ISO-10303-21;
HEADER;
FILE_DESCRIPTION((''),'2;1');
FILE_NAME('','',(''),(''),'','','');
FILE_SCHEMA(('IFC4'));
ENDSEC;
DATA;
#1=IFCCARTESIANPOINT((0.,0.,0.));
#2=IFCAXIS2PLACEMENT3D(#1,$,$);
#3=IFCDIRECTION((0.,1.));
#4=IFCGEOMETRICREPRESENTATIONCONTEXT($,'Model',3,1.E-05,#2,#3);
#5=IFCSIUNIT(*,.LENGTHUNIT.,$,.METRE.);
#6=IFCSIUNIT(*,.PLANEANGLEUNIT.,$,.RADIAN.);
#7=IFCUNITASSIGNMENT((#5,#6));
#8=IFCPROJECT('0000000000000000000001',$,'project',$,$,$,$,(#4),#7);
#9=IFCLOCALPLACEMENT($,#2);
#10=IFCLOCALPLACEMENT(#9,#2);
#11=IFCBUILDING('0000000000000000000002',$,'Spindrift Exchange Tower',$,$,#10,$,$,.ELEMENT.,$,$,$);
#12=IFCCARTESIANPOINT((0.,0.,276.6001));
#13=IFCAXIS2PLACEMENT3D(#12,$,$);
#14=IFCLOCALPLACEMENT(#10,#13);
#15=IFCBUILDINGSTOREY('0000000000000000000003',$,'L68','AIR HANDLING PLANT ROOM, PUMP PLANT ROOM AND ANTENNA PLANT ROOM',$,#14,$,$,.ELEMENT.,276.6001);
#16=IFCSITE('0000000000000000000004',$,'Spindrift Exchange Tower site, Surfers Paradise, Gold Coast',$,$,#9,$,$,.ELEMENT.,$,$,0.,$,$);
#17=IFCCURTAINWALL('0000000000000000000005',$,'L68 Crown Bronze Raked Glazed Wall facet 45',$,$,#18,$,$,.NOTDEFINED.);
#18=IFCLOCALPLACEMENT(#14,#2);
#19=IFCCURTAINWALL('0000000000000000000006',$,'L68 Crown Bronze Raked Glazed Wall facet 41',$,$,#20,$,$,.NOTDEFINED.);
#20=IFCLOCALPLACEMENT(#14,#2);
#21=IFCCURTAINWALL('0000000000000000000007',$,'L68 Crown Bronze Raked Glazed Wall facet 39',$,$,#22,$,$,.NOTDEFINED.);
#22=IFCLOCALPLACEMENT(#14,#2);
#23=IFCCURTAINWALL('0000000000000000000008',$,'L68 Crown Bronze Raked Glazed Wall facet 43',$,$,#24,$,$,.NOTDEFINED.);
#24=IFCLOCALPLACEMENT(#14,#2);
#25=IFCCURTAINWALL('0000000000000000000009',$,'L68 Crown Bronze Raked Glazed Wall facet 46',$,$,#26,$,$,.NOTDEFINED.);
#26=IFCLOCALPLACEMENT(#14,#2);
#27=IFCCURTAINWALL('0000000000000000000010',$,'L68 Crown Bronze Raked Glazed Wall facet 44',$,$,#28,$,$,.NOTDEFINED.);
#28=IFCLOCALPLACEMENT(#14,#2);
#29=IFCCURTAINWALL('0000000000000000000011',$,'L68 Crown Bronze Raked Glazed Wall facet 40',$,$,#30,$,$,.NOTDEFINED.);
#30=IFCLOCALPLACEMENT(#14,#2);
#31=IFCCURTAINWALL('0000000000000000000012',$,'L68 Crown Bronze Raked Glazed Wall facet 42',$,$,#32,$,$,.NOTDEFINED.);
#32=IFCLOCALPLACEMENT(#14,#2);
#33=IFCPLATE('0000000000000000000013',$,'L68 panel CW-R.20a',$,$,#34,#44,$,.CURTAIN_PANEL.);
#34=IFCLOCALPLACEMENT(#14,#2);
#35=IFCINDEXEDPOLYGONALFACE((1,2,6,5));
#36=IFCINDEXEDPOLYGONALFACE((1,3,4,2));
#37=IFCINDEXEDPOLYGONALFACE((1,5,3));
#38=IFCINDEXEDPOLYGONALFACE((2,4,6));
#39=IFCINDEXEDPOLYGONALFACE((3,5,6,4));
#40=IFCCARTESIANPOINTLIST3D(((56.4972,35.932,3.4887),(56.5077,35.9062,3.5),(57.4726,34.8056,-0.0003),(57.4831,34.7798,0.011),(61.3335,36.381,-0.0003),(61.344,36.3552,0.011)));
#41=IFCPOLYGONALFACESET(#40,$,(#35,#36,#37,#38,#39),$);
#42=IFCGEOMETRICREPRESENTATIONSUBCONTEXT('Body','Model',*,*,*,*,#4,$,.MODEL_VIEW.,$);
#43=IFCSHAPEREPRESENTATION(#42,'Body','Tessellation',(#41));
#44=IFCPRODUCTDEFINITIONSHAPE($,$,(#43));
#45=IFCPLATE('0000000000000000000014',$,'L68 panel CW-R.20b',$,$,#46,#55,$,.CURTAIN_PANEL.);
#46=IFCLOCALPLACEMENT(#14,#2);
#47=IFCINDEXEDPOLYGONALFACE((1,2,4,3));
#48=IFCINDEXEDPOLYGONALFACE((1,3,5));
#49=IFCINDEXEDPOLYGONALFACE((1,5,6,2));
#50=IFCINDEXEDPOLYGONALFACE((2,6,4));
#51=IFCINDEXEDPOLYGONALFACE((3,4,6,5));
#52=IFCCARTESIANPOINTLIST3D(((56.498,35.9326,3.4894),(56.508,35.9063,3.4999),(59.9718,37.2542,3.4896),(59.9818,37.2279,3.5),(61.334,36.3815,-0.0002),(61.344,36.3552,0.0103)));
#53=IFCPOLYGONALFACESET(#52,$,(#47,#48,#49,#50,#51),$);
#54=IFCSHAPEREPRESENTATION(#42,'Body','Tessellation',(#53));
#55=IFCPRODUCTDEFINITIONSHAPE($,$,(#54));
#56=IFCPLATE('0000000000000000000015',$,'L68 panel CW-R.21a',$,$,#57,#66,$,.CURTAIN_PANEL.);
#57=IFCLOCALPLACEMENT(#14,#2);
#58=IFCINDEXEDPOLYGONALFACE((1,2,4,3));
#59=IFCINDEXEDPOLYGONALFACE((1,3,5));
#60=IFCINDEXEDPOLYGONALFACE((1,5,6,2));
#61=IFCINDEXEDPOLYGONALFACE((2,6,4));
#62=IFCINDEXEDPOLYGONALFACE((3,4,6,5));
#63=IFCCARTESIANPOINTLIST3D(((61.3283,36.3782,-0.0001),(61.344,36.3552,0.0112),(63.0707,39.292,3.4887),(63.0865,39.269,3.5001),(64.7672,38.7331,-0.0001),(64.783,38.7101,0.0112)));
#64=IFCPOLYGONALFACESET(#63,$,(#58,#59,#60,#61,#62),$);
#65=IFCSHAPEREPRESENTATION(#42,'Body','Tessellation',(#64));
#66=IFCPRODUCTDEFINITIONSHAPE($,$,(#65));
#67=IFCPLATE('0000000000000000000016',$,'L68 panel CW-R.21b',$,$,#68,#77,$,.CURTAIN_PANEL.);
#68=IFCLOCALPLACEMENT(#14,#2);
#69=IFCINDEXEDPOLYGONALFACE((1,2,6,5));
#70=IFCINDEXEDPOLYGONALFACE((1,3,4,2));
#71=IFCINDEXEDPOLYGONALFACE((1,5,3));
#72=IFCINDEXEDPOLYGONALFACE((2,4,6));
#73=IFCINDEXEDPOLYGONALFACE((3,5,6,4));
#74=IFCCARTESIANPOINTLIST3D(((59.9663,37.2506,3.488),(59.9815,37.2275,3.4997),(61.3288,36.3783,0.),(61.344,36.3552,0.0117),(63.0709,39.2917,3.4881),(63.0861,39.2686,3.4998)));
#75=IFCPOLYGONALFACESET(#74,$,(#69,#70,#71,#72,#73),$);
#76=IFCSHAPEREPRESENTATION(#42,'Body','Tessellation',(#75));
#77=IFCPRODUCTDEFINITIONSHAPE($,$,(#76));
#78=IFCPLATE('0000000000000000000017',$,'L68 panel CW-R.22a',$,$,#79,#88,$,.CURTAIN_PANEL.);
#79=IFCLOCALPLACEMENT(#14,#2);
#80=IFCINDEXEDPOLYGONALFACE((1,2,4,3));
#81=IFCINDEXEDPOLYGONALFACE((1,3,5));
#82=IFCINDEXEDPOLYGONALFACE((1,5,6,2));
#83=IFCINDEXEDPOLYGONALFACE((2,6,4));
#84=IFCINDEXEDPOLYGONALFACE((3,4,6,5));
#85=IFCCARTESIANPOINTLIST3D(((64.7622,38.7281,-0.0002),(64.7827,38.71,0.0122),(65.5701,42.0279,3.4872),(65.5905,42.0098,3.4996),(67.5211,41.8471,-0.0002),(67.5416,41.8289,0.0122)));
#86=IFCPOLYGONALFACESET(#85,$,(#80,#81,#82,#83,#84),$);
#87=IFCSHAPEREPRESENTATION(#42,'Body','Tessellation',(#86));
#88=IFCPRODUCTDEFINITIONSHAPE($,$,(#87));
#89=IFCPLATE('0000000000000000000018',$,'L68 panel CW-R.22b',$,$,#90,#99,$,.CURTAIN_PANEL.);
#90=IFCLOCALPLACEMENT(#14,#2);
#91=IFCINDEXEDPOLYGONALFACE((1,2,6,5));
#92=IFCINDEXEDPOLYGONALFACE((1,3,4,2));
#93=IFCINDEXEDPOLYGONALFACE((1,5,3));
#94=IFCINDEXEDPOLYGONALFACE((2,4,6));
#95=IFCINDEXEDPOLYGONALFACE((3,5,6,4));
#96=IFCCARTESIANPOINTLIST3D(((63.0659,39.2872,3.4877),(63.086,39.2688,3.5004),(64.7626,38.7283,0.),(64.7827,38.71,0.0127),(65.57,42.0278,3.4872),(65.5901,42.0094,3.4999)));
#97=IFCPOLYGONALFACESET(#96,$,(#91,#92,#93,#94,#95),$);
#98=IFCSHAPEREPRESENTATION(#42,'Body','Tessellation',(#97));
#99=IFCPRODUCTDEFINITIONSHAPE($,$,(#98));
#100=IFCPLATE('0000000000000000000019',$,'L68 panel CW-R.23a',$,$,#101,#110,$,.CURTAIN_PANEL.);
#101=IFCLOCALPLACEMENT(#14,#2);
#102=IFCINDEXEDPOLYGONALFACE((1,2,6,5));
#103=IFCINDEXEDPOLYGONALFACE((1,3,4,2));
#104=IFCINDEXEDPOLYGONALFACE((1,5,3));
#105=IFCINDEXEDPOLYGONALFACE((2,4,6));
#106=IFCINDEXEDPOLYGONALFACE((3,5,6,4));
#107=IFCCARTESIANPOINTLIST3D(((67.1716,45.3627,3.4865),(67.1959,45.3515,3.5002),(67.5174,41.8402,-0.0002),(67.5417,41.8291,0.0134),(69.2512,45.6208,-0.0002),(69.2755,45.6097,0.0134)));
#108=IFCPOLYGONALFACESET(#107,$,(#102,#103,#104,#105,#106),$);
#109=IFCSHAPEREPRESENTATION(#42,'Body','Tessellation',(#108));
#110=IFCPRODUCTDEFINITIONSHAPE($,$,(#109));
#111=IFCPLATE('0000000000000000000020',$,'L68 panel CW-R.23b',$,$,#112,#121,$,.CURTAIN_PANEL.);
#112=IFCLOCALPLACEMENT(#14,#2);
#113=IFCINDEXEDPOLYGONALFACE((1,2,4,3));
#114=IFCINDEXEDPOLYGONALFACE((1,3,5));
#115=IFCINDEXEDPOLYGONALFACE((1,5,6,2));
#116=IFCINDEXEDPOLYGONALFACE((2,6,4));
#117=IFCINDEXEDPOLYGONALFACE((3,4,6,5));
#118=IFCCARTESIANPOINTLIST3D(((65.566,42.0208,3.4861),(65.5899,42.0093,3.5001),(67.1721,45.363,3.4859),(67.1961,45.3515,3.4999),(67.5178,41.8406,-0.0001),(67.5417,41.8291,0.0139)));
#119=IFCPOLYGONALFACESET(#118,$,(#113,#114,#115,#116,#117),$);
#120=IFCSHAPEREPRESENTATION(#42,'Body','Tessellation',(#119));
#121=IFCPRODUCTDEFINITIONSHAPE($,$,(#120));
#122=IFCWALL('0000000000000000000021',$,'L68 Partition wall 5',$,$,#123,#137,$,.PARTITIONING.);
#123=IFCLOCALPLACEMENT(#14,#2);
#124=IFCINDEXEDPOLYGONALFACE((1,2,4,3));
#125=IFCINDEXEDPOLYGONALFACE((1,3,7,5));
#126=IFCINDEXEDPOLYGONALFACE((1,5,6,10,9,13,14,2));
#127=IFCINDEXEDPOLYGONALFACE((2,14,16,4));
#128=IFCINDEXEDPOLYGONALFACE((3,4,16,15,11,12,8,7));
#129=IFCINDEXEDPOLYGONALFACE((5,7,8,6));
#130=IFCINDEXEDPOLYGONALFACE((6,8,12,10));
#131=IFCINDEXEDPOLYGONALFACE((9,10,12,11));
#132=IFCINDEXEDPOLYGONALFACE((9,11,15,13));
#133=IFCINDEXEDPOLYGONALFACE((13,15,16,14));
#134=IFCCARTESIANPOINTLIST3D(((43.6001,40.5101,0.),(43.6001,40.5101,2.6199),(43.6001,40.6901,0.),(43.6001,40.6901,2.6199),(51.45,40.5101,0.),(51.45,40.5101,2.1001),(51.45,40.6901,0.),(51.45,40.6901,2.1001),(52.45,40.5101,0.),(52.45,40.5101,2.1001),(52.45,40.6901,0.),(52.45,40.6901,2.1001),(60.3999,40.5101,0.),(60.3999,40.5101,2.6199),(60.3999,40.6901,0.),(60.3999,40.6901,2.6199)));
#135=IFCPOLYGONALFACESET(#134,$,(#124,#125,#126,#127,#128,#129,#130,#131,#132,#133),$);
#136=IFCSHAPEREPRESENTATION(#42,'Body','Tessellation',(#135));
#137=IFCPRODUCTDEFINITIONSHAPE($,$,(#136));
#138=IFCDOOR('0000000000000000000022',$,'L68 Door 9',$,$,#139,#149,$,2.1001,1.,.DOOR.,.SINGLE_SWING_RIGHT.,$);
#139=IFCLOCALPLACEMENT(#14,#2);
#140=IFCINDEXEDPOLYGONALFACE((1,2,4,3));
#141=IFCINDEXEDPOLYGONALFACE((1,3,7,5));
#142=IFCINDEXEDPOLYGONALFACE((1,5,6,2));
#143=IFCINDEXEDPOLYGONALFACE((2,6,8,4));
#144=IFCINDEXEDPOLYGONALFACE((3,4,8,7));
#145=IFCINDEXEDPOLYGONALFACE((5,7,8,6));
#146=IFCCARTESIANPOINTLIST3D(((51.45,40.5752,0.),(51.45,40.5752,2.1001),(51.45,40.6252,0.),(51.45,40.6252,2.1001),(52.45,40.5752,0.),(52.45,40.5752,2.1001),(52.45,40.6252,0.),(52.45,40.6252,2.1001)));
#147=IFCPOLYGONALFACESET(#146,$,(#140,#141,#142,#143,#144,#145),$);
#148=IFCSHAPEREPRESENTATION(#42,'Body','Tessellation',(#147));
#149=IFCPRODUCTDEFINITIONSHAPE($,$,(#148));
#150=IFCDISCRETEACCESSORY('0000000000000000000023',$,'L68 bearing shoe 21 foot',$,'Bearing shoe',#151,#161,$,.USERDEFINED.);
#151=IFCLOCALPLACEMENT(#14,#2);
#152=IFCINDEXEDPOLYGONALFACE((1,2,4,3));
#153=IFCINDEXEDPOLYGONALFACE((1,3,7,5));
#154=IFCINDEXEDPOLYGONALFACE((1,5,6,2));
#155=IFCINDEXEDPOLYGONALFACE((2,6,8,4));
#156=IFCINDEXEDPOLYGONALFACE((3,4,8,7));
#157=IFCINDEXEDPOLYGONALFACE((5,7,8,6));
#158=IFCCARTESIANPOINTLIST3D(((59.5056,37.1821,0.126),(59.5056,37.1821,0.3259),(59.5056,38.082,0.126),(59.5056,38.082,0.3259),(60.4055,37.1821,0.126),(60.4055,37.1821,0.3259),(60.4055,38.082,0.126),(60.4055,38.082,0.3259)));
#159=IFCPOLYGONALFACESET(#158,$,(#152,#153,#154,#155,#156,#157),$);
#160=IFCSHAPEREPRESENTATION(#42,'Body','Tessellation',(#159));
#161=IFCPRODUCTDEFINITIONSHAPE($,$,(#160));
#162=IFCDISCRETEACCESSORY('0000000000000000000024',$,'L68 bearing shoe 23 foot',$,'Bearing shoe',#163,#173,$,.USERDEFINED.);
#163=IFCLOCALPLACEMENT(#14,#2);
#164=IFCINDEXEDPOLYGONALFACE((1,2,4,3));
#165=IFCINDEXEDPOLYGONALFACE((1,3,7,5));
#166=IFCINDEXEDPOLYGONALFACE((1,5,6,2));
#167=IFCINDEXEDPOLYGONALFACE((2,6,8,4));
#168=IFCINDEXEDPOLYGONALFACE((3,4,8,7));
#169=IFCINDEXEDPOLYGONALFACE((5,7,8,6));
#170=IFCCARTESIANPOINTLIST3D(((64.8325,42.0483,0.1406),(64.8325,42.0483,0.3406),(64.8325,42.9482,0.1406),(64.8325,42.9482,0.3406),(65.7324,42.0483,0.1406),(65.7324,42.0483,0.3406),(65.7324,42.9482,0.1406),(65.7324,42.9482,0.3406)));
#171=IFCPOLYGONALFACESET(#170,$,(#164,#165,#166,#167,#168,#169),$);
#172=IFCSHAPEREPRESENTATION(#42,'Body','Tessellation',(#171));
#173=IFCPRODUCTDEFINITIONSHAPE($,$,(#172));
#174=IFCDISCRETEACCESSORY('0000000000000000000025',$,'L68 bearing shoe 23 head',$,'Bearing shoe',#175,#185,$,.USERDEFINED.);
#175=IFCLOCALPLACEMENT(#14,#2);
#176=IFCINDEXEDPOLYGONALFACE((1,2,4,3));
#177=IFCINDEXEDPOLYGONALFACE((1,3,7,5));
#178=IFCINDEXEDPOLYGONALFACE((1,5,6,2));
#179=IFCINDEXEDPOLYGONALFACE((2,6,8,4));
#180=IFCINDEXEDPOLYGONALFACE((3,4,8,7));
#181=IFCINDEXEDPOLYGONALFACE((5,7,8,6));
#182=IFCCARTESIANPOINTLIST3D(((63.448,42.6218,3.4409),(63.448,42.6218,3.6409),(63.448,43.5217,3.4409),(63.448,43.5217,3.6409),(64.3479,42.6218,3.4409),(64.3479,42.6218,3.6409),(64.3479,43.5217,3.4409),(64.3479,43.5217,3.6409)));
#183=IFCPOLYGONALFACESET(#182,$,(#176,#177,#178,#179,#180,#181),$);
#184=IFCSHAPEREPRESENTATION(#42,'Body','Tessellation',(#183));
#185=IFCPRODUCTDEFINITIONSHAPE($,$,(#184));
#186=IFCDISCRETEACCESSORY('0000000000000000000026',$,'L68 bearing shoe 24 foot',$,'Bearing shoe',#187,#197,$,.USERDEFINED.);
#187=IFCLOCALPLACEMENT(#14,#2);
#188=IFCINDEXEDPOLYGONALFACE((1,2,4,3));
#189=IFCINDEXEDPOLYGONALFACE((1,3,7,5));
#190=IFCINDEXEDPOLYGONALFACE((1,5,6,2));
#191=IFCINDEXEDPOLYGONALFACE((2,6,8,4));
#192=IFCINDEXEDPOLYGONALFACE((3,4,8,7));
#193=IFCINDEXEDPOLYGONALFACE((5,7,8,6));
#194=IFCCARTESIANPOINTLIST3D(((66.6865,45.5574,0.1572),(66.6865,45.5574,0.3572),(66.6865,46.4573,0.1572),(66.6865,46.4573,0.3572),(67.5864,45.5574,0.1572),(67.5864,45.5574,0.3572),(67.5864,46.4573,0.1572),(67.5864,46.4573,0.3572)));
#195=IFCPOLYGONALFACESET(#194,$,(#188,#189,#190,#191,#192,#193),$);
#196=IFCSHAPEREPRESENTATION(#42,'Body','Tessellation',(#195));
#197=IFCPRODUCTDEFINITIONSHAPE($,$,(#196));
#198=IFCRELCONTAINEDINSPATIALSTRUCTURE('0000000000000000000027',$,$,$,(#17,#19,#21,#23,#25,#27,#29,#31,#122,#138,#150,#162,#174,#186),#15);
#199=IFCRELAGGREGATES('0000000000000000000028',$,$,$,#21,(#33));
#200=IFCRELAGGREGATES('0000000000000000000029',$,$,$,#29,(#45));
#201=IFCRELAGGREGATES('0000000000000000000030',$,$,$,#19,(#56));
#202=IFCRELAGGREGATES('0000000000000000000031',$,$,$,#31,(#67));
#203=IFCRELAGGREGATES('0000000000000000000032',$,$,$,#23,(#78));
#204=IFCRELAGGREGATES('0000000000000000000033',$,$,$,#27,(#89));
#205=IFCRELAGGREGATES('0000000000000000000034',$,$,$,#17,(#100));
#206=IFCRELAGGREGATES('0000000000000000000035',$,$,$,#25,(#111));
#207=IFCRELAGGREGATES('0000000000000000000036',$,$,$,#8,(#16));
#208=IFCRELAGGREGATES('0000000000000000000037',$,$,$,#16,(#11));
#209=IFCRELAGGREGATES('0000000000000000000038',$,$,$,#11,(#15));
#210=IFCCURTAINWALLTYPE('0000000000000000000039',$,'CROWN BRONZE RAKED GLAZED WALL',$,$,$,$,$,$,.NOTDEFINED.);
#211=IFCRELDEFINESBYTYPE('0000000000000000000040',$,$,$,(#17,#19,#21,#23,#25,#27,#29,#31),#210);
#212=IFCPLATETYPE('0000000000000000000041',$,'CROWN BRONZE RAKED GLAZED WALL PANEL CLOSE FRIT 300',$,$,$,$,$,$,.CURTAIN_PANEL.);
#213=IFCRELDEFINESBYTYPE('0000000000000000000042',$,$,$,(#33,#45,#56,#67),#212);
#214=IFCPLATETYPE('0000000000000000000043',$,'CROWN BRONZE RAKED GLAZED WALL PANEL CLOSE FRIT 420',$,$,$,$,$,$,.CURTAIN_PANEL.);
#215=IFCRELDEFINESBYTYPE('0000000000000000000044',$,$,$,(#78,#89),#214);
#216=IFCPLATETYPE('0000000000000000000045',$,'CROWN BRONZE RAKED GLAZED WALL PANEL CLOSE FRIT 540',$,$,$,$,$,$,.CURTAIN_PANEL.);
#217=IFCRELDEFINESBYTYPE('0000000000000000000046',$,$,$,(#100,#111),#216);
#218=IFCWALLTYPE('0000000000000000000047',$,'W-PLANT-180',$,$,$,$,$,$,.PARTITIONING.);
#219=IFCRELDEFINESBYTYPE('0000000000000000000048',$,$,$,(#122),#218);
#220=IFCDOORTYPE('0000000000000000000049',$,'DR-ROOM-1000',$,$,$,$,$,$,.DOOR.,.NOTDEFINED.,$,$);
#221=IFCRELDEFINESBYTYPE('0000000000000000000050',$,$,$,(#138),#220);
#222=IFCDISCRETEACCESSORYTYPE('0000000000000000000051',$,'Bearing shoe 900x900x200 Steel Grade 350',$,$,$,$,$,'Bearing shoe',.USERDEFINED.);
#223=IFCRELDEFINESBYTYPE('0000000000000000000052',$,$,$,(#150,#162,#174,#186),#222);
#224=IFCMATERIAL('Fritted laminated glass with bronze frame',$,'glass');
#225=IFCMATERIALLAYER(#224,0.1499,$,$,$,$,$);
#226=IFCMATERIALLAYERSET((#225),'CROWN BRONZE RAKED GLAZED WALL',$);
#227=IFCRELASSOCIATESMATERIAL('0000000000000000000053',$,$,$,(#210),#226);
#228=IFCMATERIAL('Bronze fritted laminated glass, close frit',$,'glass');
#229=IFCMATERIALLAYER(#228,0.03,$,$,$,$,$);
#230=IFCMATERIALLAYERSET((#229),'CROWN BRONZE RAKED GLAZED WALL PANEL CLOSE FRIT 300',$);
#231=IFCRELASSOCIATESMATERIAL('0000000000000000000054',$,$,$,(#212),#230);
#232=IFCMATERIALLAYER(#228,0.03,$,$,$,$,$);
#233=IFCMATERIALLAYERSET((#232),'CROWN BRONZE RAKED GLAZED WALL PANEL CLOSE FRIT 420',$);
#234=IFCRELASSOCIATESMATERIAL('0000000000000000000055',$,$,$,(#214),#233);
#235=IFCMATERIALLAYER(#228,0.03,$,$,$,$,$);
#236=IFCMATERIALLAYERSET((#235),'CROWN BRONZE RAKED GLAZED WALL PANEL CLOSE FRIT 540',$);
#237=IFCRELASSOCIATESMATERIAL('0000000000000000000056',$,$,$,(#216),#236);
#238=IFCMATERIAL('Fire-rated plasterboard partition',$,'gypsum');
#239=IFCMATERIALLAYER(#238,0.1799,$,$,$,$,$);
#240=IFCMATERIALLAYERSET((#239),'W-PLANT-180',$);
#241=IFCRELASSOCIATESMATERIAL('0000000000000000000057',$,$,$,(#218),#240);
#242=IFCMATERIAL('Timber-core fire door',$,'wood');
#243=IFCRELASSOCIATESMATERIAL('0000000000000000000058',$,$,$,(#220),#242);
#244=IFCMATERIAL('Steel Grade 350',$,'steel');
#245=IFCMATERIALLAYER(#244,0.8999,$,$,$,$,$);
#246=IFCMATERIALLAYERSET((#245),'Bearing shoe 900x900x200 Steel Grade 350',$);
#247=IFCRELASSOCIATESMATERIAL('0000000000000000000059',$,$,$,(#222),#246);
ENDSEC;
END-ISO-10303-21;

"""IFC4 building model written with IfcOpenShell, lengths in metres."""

from ifc_helpers import new_model, si_unit, direction, frame, frame_2d, origin, origin_2d, place, context, subcontext, project, spatial, line, indexed_curve, rectangle, outline, extrude, source, transform, mapped, material, layer, layer_set, type_object, element, fill, aggregate, save


model = new_model("IFC4")

# Units and contexts
model_context = context("Model", 3, precision=1e-05, world=origin(), true_north=direction((0.0, 1.0)))
body_context = subcontext(model_context, "Body", "Model", "MODEL_VIEW")
ifc_project = project(units=[si_unit("LENGTHUNIT", "METRE"), si_unit("PLANEANGLEUNIT", "RADIAN")], contexts=[model_context])

# Site, building, storey
site_placement = place(None, origin())
site = spatial("IfcSite", under=ifc_project, at=site_placement, Name="Spindrift Exchange Tower site, Surfers Paradise, Gold Coast", CompositionType="ELEMENT", RefElevation=0.0)
building_placement = place(site_placement, origin())
building = spatial("IfcBuilding", under=site, at=building_placement, Name="Spindrift Exchange Tower", CompositionType="ELEMENT")
storey_placement = place(building_placement, frame((0.0, 0.0, 276.6001)))
storey = spatial("IfcBuildingStorey", under=building, at=storey_placement, Name="L68", Description="AIR HANDLING PLANT ROOM, PUMP PLANT ROOM AND ANTENNA PLANT ROOM", CompositionType="ELEMENT", Elevation=276.6001)

# Curtain walls
ifc_material_1 = material(Name="Fritted laminated glass with bronze frame", Category="glass")
ifc_layer_1 = layer(ifc_material_1, 0.1499)
ifc_layer_set_1 = layer_set([ifc_layer_1], Name="CROWN BRONZE RAKED GLAZED WALL")
curtain_wall_type = type_object("IfcCurtainWallType", Name="CROWN BRONZE RAKED GLAZED WALL", PredefinedType="NOTDEFINED", material=ifc_layer_set_1)
curtain_wall_1_placement = place(storey_placement, origin())
curtain_wall_1 = element("IfcCurtainWall", 1, at=curtain_wall_1_placement, inside=storey, type_object=curtain_wall_type, Name="L68 Crown Bronze Raked Glazed Wall facet 45", PredefinedType="NOTDEFINED")
curtain_wall_2_placement = place(storey_placement, origin())
curtain_wall_2 = element("IfcCurtainWall", 2, at=curtain_wall_2_placement, inside=storey, type_object=curtain_wall_type, Name="L68 Crown Bronze Raked Glazed Wall facet 41", PredefinedType="NOTDEFINED")
curtain_wall_3_placement = place(storey_placement, origin())
curtain_wall_3 = element("IfcCurtainWall", 3, at=curtain_wall_3_placement, inside=storey, type_object=curtain_wall_type, Name="L68 Crown Bronze Raked Glazed Wall facet 39", PredefinedType="NOTDEFINED")
curtain_wall_4_placement = place(storey_placement, origin())
curtain_wall_4 = element("IfcCurtainWall", 4, at=curtain_wall_4_placement, inside=storey, type_object=curtain_wall_type, Name="L68 Crown Bronze Raked Glazed Wall facet 43", PredefinedType="NOTDEFINED")
curtain_wall_5_placement = place(storey_placement, origin())
curtain_wall_5 = element("IfcCurtainWall", 5, at=curtain_wall_5_placement, inside=storey, type_object=curtain_wall_type, Name="L68 Crown Bronze Raked Glazed Wall facet 46", PredefinedType="NOTDEFINED")
curtain_wall_6_placement = place(storey_placement, origin())
curtain_wall_6 = element("IfcCurtainWall", 6, at=curtain_wall_6_placement, inside=storey, type_object=curtain_wall_type, Name="L68 Crown Bronze Raked Glazed Wall facet 44", PredefinedType="NOTDEFINED")
curtain_wall_7_placement = place(storey_placement, origin())
curtain_wall_7 = element("IfcCurtainWall", 7, at=curtain_wall_7_placement, inside=storey, type_object=curtain_wall_type, Name="L68 Crown Bronze Raked Glazed Wall facet 40", PredefinedType="NOTDEFINED")

# Curtain wall
curtain_wall_8_placement = place(storey_placement, origin())
curtain_wall_8 = element("IfcCurtainWall", 8, at=curtain_wall_8_placement, inside=storey, type_object=curtain_wall_type, Name="L68 Crown Bronze Raked Glazed Wall facet 42", PredefinedType="NOTDEFINED")

# Plates
ifc_material_2 = material(Name="Bronze fritted laminated glass, close frit", Category="glass")
ifc_layer_2 = layer(ifc_material_2, 0.03)
ifc_layer_set_2 = layer_set([ifc_layer_2], Name="CROWN BRONZE RAKED GLAZED WALL PANEL CLOSE FRIT 300")
plate_type_1 = type_object("IfcPlateType", Name="CROWN BRONZE RAKED GLAZED WALL PANEL CLOSE FRIT 300", PredefinedType="CURTAIN_PANEL", material=ifc_layer_set_2)
plate_1_placement = place(storey_placement, frame((61.344, 36.3552, 0.011), z_axis=(0.350238, -0.858308, 0.375022), x_axis=(-0.925882, -0.377812, 0.0)))
plate_1 = element("IfcPlate", 9, at=plate_1_placement, type_object=plate_type_1, Name="L68 panel CW-R.20a", PredefinedType="CURTAIN_PANEL", context=body_context, shape_type="SweptSolid", body=[
    extrude(outline(indexed_curve([(0.0, 0.0), (4.1699, 0.0), (4.6475, -3.7637)], segments=[line(1, 2, 3, 1)], self_intersect=False)), origin(), (0.0, 0.0, -1.0), 0.03),
])
aggregate(curtain_wall_3, [plate_1])
plate_2_placement = place(storey_placement, frame((61.344, 36.3552, 0.0103), z_axis=(0.333195, -0.875861, 0.349067), x_axis=(-0.808634, -0.075071, 0.583503)))
plate_2 = element("IfcPlate", 10, at=plate_2_placement, type_object=plate_type_1, Name="L68 panel CW-R.20b", PredefinedType="CURTAIN_PANEL", context=body_context, shape_type="SweptSolid", body=[
    extrude(outline(indexed_curve([(0.0, 0.0), (5.9805, 0.0), (3.0723, -2.3145)], segments=[line(1, 2, 3, 1)], self_intersect=False)), origin(), (0.0, 0.0, -1.0), 0.03),
])
aggregate(curtain_wall_7, [plate_2])
plate_3_placement = place(storey_placement, frame((61.344, 36.3552, 0.0112), z_axis=(0.523331, -0.764243, 0.376906), x_axis=(0.825092, 0.564999, 0.0)))
plate_3 = element("IfcPlate", 11, at=plate_3_placement, type_object=plate_type_1, Name="L68 panel CW-R.21a", PredefinedType="CURTAIN_PANEL", context=body_context, shape_type="SweptSolid", body=[
    extrude(outline(indexed_curve([(0.0, 0.0), (4.168, 0.0), (3.084, 3.7666)], segments=[line(1, 2, 3, 1)], self_intersect=False)), origin(), (0.0, 0.0, -1.0), 0.03),
])
aggregate(curtain_wall_2, [plate_3])
plate_4_placement = place(storey_placement, frame((61.344, 36.3552, 0.0117), z_axis=(0.505847, -0.76942, 0.390015), x_axis=(0.357925, 0.598581, 0.716652)))
plate_4 = element("IfcPlate", 12, at=plate_4_placement, type_object=plate_type_1, Name="L68 panel CW-R.21b", PredefinedType="CURTAIN_PANEL", context=body_context, shape_type="SweptSolid", body=[
    extrude(outline(indexed_curve([(0.0, 0.0), (4.8672, 0.0), (2.5342, 2.8916)], segments=[line(1, 2, 3, 1)], self_intersect=False)), origin(), (0.0, 0.0, -1.0), 0.03),
])
aggregate(curtain_wall_8, [plate_4])
ifc_layer_3 = layer(ifc_material_2, 0.03)
ifc_layer_set_3 = layer_set([ifc_layer_3], Name="CROWN BRONZE RAKED GLAZED WALL PANEL CLOSE FRIT 420")
plate_type_2 = type_object("IfcPlateType", Name="CROWN BRONZE RAKED GLAZED WALL PANEL CLOSE FRIT 420", PredefinedType="CURTAIN_PANEL", material=ifc_layer_set_3)
plate_5_placement = place(storey_placement, frame((64.7827, 38.71, 0.0122), z_axis=(0.682177, -0.603419, 0.412939), x_axis=(0.662546, 0.749021, 0.0)))
plate_5 = element("IfcPlate", 13, at=plate_5_placement, type_object=plate_type_2, Name="L68 panel CW-R.22a", PredefinedType="CURTAIN_PANEL", context=body_context, shape_type="SweptSolid", body=[
    extrude(outline(indexed_curve([(0.0, 0.0), (4.1641, 0.0), (3.0068, 3.8291)], segments=[line(1, 2, 3, 1)], self_intersect=False)), origin(), (0.0, 0.0, -1.0), 0.03),
])
aggregate(curtain_wall_4, [plate_5])
plate_6_placement = place(storey_placement, frame((64.7827, 38.71, 0.0127), z_axis=(0.66887, -0.611075, 0.423322), x_axis=(0.165843, 0.677766, 0.716331)))
plate_6 = element("IfcPlate", 14, at=plate_6_placement, type_object=plate_type_2, Name="L68 panel CW-R.22b", PredefinedType="CURTAIN_PANEL", context=body_context, shape_type="SweptSolid", body=[
    extrude(outline(indexed_curve([(0.0, 0.0), (4.8682, 0.0), (2.5957, 2.9355)], segments=[line(1, 2, 3, 1)], self_intersect=False)), origin(), (0.0, 0.0, -1.0), 0.03),
])
aggregate(curtain_wall_6, [plate_6])
ifc_layer_4 = layer(ifc_material_2, 0.03)
ifc_layer_set_4 = layer_set([ifc_layer_4], Name="CROWN BRONZE RAKED GLAZED WALL PANEL CLOSE FRIT 540")
plate_type_3 = type_object("IfcPlateType", Name="CROWN BRONZE RAKED GLAZED WALL PANEL CLOSE FRIT 540", PredefinedType="CURTAIN_PANEL", material=ifc_layer_set_4)
plate_7_placement = place(storey_placement, frame((67.5417, 41.8291, 0.0134), z_axis=(0.809327, -0.371159, 0.455227), x_axis=(0.416857, 0.908972, 0.0)))
plate_7 = element("IfcPlate", 15, at=plate_7_placement, type_object=plate_type_3, Name="L68 panel CW-R.23a", PredefinedType="CURTAIN_PANEL", context=body_context, shape_type="SweptSolid", body=[
    extrude(outline(indexed_curve([(0.0, 0.0), (4.1592, 0.0), (3.0576, 3.916)], segments=[line(1, 2, 3, 1)], self_intersect=False)), origin(), (0.0, 0.0, -1.0), 0.03),
])
aggregate(curtain_wall_1, [plate_7])
plate_8_placement = place(storey_placement, frame((67.5417, 41.8291, 0.0139), z_axis=(0.797376, -0.383165, 0.466236), x_axis=(-0.069587, 0.709044, 0.701722)))
plate_8 = element("IfcPlate", 16, at=plate_8_placement, type_object=plate_type_3, Name="L68 panel CW-R.23b", PredefinedType="CURTAIN_PANEL", context=body_context, shape_type="SweptSolid", body=[
    extrude(outline(indexed_curve([(0.0, 0.0), (4.9678, 0.0), (2.71, 2.9414)], segments=[line(1, 2, 3, 1)], self_intersect=False)), origin(), (0.0, 0.0, -1.0), 0.03),
])
aggregate(curtain_wall_5, [plate_8])

# Wall, opening, door
ifc_material_3 = material(Name="Fire-rated plasterboard partition", Category="gypsum")
ifc_layer_5 = layer(ifc_material_3, 0.1799)
ifc_layer_set_5 = layer_set([ifc_layer_5], Name="W-PLANT-180")
wall_type = type_object("IfcWallType", Name="W-PLANT-180", PredefinedType="PARTITIONING", material=ifc_layer_set_5)
wall_placement = place(storey_placement, frame((60.3999, 40.6001, 0.0), z_axis=(0.0, 0.0, 1.0), x_axis=(-1.0, 0.0, 0.0)))
wall = element("IfcWall", 17, at=wall_placement, inside=storey, type_object=wall_type, Name="L68 Partition wall 5", PredefinedType="PARTITIONING", context=body_context, shape_type="SweptSolid", body=[
    extrude(rectangle(XDim=16.7998, YDim=0.1799, at=frame_2d((8.3999, 0.0))), origin(), (0.0, 0.0, 1.0), 2.6199),
])
opening_placement = place(wall_placement, frame((7.95, 0.0, 0.0)))
opening = element("IfcOpeningElement", 18, at=opening_placement, cuts=wall, PredefinedType="OPENING", context=body_context, shape_type="SweptSolid", body=[
    extrude(rectangle(XDim=1.0, YDim=2.1001, at=frame_2d((0.5, 1.05))), frame((0.0, 0.0999, 0.0), z_axis=(0.0, -1.0, 0.0), x_axis=(1.0, 0.0, 0.0)), (0.0, 0.0, 1.0), 0.2),
])
ifc_material_4 = material(Name="Timber-core fire door", Category="wood")
door_type = type_object("IfcDoorType", Name="DR-ROOM-1000", OperationType="NOTDEFINED", PredefinedType="DOOR", material=ifc_material_4)
shared_shape_1 = source(origin(), body_context, "Body", "SweptSolid", [
    extrude(rectangle(XDim=1.0, YDim=2.1001, at=frame_2d((0.5, 1.05))), frame((0.0, 0.0249, 0.0), z_axis=(0.0, -1.0, 0.0), x_axis=(1.0, 0.0, 0.0)), (0.0, 0.0, 1.0), 0.05),
])
door_placement = place(opening_placement, origin())
door = element("IfcDoor", 19, at=door_placement, inside=storey, type_object=door_type, Name="L68 Door 9", OperationType="SINGLE_SWING_RIGHT", OverallHeight=2.1001, OverallWidth=1.0, PredefinedType="DOOR", context=body_context, shape_type="MappedRepresentation", body=[
    mapped(shared_shape_1, transform((0.0, 0.0, 0.0), scale=1.0)),
])
fill(opening, door)

# Discrete accessories
ifc_material_5 = material(Name="Steel Grade 350", Category="steel")
ifc_layer_6 = layer(ifc_material_5, 0.8999)
ifc_layer_set_6 = layer_set([ifc_layer_6], Name="Bearing shoe 900x900x200 Steel Grade 350")
discrete_accessory_type = type_object("IfcDiscreteAccessoryType", Name="Bearing shoe 900x900x200 Steel Grade 350", ElementType="Bearing shoe", PredefinedType="USERDEFINED", material=ifc_layer_set_6)
shared_shape_2 = source(origin(), body_context, "Body", "SweptSolid", [
    extrude(rectangle(XDim=0.8999, YDim=0.8999, at=origin_2d()), origin(), (0.0, 0.0, 1.0), 0.2),
])
for number, where, z_axis, x_axis, name in (
    (20, (59.9556, 37.6321, 0.126), (0.0, 0.0, 1.0), (1.0, 0.0, 0.0), "L68 bearing shoe 21 foot"),
    (21, (65.2825, 42.4983, 0.1406), (0.0, 0.0, 1.0), (1.0, 0.0, 0.0), "L68 bearing shoe 23 foot"),
    (22, (63.8979, 43.0718, 3.4409), (0.0, 0.0, 1.0), (1.0, 0.0, 0.0), "L68 bearing shoe 23 head"),
    (23, (67.1365, 46.0073, 0.1572), (0.0, 0.0, 1.0), (1.0, 0.0, 0.0), "L68 bearing shoe 24 foot"),
):
    element("IfcDiscreteAccessory", number, at=place(storey_placement, frame(where, z_axis=z_axis, x_axis=x_axis)), inside=storey, type_object=discrete_accessory_type, Name=name, ObjectType="Bearing shoe", PredefinedType="USERDEFINED", context=body_context, shape_type="MappedRepresentation", body=[
        mapped(shared_shape_2, transform((0.0, 0.0, 0.0), scale=1.0)),
    ])

save(model, "model.ifc")
